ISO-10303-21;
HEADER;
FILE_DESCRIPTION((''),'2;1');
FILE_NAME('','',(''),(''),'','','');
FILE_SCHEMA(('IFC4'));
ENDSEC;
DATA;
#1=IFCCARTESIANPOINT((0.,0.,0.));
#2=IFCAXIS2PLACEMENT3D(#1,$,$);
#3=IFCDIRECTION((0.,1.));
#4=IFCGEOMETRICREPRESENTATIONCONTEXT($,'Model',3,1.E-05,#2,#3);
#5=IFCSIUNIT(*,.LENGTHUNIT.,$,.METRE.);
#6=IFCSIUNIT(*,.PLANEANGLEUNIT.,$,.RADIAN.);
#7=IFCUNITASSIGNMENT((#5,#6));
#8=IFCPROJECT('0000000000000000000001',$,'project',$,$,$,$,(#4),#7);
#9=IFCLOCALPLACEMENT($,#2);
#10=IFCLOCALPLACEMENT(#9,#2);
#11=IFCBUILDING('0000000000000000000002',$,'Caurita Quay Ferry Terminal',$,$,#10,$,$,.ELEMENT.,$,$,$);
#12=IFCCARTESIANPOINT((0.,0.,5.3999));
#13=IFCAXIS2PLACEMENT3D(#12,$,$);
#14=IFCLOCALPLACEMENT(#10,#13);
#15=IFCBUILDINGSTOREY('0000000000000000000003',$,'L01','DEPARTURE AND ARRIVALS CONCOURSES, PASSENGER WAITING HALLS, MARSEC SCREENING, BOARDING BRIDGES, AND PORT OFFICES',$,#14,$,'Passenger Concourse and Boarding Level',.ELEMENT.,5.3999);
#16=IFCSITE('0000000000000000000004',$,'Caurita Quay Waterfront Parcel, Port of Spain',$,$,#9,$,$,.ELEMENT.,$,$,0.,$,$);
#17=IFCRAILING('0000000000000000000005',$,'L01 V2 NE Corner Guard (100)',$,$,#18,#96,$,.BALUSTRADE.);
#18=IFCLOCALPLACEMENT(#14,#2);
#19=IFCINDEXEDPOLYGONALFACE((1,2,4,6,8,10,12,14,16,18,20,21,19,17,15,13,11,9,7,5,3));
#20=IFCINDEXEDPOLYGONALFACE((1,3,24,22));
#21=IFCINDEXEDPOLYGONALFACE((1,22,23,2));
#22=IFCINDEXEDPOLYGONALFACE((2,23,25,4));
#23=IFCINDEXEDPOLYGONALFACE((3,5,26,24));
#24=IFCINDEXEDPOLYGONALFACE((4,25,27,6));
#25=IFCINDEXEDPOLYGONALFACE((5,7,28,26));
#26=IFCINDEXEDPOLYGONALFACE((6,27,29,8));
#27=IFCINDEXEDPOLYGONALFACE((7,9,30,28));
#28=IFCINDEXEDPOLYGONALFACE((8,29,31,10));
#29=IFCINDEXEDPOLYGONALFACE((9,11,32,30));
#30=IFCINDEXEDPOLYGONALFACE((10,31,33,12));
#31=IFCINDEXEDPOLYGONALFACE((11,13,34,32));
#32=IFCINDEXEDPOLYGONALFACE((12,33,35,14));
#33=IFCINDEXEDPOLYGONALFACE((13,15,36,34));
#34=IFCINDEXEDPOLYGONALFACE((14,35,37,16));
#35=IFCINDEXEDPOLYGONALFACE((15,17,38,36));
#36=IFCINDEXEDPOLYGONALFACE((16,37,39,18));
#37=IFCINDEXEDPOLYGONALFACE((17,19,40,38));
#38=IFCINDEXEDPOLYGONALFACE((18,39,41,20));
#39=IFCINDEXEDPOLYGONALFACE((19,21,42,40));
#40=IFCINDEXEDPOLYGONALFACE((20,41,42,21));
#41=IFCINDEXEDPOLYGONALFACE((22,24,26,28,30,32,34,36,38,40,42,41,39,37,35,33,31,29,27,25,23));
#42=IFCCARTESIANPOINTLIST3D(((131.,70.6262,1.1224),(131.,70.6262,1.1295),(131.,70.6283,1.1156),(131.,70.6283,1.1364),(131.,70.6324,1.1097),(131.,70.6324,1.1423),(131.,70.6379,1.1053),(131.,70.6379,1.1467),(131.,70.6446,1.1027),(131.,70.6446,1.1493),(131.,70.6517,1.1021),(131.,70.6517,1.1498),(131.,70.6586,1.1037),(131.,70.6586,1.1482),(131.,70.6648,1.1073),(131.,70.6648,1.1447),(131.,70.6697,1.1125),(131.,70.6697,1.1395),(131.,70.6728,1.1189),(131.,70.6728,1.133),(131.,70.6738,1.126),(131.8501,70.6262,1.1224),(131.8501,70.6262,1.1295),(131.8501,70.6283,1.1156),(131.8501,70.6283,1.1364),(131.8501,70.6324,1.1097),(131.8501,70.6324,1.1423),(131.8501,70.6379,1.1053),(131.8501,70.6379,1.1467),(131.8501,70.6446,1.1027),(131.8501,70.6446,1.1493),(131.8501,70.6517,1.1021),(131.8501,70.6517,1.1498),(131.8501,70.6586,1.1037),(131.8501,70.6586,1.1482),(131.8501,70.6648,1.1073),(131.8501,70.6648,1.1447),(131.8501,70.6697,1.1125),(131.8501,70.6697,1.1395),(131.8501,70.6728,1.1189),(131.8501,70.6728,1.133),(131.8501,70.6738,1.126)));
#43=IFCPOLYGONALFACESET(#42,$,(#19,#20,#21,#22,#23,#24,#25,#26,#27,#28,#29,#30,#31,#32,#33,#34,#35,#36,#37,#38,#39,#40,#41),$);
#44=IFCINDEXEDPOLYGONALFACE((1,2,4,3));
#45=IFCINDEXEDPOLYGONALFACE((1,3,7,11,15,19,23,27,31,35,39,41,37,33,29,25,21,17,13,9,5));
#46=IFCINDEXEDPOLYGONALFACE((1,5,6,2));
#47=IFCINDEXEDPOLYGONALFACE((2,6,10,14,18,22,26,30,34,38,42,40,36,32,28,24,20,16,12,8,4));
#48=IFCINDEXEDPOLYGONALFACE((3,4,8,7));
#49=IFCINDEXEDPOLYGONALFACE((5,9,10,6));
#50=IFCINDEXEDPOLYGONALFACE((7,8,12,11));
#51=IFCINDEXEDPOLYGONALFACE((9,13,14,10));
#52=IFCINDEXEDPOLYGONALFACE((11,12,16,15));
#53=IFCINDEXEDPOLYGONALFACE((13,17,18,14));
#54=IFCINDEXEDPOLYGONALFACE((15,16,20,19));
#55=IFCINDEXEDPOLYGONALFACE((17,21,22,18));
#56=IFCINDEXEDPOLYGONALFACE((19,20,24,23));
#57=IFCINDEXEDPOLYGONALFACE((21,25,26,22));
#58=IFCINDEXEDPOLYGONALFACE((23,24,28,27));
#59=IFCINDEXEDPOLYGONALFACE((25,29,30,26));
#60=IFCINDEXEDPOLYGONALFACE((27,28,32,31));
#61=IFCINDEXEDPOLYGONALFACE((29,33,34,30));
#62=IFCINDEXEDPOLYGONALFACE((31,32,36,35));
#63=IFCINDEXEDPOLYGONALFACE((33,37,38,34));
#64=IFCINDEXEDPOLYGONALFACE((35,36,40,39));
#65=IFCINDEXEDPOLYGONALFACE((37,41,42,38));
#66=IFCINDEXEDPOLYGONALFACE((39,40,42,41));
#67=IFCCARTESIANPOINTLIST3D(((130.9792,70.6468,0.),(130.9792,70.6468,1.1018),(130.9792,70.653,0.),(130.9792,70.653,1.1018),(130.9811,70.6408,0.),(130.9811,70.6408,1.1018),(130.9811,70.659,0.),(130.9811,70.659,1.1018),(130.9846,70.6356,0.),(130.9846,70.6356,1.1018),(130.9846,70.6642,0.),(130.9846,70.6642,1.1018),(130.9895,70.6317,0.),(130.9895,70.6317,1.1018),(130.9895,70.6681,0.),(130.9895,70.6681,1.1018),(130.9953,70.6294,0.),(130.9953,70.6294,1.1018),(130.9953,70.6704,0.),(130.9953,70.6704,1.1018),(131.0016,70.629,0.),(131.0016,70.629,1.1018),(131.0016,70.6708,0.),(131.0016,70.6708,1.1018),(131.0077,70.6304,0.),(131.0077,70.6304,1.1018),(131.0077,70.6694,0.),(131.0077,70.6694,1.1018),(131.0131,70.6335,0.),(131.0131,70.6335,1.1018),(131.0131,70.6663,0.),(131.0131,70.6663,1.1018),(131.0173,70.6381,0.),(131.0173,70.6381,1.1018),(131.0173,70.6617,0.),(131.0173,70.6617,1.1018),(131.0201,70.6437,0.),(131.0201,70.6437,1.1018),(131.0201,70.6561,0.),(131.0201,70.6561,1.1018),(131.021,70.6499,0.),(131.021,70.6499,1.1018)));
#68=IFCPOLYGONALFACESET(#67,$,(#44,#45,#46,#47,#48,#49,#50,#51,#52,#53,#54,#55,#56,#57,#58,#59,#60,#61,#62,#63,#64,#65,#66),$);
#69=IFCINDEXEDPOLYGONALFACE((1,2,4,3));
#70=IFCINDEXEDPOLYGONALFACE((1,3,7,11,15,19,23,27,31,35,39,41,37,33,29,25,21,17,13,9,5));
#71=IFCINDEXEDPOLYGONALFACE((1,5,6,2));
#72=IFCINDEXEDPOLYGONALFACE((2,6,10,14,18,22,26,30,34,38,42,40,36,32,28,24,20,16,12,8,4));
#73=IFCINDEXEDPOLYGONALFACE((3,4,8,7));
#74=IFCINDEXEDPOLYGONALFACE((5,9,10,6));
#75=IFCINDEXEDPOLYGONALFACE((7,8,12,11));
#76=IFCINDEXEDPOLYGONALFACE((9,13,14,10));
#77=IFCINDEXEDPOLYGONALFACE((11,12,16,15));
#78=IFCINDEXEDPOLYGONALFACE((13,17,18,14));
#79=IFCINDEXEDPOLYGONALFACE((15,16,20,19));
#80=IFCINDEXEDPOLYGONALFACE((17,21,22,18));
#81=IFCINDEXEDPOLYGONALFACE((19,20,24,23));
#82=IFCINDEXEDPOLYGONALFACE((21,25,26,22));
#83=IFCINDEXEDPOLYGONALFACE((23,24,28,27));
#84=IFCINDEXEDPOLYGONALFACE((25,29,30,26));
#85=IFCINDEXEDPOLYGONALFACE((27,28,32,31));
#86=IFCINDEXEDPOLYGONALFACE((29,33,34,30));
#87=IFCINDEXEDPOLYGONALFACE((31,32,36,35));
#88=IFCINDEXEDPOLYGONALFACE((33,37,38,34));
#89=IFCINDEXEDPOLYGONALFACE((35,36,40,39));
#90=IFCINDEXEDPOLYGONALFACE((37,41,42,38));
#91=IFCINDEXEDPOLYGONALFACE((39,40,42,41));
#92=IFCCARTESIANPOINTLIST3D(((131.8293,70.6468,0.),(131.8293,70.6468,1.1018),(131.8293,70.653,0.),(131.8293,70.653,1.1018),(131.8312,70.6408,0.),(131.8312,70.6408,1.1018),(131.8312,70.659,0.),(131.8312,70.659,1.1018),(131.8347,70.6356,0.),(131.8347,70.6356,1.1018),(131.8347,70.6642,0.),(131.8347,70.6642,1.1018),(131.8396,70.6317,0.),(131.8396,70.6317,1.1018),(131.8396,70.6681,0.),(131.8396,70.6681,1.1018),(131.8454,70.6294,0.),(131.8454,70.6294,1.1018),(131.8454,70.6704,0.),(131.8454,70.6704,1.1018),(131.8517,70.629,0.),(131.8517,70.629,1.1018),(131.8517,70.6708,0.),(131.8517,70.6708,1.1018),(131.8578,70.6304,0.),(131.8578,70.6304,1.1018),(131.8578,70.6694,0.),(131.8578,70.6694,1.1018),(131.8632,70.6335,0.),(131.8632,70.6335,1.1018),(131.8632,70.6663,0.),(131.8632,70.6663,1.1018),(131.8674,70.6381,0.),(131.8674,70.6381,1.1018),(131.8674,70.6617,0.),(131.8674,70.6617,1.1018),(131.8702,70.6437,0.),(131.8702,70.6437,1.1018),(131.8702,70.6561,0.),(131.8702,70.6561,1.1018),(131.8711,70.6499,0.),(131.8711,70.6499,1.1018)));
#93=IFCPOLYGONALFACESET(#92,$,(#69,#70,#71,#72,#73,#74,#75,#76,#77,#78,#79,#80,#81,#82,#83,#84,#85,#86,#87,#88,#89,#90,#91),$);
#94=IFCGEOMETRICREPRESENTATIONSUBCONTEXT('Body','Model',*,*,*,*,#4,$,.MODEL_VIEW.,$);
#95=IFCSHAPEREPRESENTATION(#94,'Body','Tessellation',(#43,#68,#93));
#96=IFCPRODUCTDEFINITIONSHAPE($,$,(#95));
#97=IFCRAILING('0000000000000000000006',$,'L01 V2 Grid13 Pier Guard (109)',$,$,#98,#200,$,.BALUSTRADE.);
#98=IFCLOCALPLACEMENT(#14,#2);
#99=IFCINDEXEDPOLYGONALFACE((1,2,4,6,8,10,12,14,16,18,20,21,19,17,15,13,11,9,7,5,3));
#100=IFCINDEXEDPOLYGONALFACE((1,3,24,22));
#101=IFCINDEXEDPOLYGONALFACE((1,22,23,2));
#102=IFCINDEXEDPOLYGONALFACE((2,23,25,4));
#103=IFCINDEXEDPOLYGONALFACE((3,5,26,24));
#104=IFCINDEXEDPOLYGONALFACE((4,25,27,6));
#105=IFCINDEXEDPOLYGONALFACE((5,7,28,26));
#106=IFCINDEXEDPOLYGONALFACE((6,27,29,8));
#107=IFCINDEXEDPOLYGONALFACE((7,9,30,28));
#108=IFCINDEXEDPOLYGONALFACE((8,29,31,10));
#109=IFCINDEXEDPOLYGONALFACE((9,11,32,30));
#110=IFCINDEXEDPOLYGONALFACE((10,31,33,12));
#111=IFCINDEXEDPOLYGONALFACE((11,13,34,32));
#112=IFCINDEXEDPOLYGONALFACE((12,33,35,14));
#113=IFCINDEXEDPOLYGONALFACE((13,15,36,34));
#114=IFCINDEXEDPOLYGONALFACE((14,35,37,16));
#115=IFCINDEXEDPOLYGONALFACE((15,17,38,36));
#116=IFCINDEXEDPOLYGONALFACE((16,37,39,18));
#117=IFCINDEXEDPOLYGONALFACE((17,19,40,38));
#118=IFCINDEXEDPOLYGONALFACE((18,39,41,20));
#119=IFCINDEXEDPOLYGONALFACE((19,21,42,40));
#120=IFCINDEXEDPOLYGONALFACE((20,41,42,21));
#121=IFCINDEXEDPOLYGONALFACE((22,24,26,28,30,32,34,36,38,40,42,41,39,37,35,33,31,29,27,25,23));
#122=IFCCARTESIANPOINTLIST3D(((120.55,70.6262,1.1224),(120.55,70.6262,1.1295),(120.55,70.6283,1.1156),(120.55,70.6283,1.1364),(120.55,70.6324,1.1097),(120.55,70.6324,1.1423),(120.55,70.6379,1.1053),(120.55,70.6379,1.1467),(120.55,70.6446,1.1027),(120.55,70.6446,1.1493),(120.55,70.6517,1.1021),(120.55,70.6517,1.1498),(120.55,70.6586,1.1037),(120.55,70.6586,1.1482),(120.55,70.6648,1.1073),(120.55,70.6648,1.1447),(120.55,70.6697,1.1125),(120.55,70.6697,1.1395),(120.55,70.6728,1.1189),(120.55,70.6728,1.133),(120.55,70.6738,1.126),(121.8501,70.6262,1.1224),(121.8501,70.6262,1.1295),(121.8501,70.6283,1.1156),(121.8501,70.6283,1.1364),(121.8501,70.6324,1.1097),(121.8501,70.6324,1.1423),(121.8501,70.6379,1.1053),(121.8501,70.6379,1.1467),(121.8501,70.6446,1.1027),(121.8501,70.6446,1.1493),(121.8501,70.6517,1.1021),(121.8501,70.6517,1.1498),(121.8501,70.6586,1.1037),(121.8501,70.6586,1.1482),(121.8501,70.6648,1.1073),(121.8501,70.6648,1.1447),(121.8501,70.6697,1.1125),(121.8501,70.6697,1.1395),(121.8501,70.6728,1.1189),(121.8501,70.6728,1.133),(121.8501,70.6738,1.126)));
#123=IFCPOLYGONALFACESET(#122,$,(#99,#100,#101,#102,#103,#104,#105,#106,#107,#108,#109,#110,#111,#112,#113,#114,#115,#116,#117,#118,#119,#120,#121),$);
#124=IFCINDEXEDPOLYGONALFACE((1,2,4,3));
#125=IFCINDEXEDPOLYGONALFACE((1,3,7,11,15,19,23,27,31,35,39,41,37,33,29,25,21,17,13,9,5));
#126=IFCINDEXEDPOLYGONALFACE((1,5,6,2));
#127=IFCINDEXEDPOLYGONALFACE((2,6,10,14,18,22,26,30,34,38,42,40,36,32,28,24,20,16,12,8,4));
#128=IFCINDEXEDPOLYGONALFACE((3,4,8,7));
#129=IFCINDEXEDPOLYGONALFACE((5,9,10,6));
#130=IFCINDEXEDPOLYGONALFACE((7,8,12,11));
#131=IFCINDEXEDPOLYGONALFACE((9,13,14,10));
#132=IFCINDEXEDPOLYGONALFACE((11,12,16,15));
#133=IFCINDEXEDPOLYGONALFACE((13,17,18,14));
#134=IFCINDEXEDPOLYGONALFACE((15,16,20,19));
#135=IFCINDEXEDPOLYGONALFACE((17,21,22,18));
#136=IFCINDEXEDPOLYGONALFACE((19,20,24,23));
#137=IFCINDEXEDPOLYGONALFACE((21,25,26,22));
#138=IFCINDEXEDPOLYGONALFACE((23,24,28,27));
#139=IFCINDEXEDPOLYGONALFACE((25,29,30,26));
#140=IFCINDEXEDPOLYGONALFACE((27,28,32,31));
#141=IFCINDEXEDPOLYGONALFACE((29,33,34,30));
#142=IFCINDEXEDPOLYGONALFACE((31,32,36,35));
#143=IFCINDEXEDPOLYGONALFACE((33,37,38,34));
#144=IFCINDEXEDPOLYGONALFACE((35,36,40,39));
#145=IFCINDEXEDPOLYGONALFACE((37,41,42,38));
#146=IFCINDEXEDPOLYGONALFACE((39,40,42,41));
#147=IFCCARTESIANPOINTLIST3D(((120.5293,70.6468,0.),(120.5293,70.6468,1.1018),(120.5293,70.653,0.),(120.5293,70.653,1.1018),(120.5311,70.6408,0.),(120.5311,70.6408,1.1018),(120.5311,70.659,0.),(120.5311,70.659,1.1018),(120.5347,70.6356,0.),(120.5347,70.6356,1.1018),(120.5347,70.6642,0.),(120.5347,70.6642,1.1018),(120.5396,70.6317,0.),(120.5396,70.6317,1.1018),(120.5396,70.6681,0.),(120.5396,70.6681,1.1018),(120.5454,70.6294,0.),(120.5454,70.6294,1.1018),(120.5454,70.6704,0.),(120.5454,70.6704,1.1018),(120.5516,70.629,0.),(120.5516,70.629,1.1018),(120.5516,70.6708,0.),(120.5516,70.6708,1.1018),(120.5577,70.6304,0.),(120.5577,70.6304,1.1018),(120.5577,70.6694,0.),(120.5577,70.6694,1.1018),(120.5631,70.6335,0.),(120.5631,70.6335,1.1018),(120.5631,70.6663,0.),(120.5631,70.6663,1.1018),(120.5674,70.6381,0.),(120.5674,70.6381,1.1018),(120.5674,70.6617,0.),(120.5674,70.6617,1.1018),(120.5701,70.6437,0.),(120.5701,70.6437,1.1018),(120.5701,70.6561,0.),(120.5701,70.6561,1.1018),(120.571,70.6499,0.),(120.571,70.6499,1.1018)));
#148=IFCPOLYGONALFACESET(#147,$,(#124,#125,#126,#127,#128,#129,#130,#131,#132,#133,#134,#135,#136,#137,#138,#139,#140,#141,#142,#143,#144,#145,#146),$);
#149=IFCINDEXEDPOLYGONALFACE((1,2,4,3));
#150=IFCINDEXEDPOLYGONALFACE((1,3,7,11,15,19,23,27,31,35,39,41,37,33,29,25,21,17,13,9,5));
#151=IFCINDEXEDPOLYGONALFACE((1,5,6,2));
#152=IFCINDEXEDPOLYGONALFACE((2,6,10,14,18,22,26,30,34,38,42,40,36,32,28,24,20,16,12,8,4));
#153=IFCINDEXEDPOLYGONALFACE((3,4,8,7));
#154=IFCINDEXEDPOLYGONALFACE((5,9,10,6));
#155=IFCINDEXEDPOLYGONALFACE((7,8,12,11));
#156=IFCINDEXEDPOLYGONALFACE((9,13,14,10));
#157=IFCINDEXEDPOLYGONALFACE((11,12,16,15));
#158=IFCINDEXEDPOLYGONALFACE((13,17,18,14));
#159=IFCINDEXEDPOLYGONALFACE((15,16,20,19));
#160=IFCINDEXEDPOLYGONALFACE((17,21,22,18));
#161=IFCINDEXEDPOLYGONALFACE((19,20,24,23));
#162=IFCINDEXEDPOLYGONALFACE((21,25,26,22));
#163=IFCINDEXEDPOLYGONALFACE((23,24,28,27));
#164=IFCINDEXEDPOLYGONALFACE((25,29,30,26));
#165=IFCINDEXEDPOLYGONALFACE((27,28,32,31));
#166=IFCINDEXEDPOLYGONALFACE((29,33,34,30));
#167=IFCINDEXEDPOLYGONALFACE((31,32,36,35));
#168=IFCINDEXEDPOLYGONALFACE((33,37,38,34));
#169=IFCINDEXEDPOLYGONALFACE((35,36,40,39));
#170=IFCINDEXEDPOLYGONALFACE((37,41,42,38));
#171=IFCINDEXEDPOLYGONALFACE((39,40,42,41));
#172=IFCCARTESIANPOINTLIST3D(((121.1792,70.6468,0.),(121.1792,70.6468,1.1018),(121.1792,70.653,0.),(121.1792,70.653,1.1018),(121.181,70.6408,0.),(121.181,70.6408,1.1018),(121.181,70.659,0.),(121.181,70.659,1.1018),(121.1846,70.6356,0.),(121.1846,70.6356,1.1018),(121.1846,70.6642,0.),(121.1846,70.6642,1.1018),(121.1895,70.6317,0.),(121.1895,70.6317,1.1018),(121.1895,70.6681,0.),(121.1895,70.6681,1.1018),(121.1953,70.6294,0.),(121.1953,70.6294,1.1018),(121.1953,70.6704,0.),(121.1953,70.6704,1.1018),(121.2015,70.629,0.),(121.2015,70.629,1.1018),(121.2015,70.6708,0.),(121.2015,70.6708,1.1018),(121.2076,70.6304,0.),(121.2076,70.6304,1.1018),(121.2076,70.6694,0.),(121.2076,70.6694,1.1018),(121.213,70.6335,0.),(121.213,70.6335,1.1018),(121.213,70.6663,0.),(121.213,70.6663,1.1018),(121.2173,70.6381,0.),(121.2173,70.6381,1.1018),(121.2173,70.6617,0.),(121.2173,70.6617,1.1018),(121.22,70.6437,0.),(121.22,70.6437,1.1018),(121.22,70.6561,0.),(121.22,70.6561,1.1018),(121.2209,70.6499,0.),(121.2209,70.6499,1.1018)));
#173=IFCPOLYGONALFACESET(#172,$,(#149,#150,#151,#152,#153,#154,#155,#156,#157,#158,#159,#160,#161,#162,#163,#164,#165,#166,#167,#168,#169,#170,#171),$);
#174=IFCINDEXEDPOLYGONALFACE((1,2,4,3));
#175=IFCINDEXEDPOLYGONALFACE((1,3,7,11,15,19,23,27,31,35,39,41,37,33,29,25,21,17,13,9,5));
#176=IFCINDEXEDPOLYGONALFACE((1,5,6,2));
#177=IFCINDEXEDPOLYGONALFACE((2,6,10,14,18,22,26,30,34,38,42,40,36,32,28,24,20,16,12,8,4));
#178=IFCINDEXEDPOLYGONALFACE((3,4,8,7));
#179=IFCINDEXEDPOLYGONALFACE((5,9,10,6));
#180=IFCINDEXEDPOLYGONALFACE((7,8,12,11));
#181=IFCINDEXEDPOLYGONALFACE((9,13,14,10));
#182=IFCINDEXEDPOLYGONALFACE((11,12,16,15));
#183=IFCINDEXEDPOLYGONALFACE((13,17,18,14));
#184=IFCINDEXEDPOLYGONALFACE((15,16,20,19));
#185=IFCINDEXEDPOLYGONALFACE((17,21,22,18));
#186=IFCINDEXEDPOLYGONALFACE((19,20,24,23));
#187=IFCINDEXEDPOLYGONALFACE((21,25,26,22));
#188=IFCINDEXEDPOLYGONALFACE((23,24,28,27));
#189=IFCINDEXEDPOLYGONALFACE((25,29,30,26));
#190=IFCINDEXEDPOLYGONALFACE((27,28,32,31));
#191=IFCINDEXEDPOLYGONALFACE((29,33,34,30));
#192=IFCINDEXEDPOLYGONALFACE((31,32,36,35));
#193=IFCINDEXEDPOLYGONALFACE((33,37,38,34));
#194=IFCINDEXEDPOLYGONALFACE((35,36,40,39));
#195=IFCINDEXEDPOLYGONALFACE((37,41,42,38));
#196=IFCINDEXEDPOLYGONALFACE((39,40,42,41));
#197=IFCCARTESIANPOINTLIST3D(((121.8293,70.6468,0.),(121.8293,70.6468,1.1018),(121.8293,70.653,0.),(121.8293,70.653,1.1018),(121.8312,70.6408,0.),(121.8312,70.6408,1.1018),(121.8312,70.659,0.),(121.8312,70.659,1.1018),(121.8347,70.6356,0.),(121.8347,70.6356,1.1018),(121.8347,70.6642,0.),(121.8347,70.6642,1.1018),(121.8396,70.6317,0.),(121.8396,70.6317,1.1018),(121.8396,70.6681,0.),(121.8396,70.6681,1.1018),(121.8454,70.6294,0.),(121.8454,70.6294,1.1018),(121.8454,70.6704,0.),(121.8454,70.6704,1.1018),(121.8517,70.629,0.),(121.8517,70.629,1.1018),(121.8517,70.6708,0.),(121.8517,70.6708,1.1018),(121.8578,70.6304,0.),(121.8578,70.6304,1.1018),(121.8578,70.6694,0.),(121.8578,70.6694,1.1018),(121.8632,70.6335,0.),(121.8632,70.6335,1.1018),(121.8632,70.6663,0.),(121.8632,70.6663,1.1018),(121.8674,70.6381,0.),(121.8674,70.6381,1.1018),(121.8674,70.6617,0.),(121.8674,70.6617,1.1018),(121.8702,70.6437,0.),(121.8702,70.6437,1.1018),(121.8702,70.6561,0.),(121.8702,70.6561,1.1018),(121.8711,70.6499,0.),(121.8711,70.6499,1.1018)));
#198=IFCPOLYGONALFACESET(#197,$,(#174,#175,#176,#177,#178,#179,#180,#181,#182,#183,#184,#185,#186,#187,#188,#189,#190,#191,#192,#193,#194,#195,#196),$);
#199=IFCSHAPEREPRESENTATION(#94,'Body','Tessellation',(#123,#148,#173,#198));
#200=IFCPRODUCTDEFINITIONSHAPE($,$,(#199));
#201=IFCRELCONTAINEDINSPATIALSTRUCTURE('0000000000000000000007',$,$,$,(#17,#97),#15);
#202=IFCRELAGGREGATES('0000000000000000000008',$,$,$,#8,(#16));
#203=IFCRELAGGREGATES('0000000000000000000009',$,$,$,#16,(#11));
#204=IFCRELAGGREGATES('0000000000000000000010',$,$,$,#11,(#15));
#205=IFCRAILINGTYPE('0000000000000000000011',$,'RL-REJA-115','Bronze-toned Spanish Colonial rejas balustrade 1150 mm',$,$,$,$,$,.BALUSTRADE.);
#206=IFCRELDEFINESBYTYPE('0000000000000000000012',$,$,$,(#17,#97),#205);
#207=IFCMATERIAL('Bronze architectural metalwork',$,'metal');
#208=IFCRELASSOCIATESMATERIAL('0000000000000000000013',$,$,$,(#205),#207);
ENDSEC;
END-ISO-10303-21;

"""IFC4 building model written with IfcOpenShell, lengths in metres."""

from ifc_helpers import new_model, si_unit, direction, frame, origin, origin_2d, place, context, subcontext, project, spatial, circle, extrude, material, type_object, element, save


model = new_model("IFC4")

# Units and contexts
model_context = context("Model", 3, precision=1e-05, world=origin(), true_north=direction((0.0, 1.0)))
body_context = subcontext(model_context, "Body", "Model", "MODEL_VIEW")
ifc_project = project(units=[si_unit("LENGTHUNIT", "METRE"), si_unit("PLANEANGLEUNIT", "RADIAN")], contexts=[model_context])

# Site, building, storey
site_placement = place(None, origin())
site = spatial("IfcSite", under=ifc_project, at=site_placement, Name="Caurita Quay Waterfront Parcel, Port of Spain", CompositionType="ELEMENT", RefElevation=0.0)
building_placement = place(site_placement, origin())
building = spatial("IfcBuilding", under=site, at=building_placement, Name="Caurita Quay Ferry Terminal", CompositionType="ELEMENT")
storey_placement = place(building_placement, frame((0.0, 0.0, 5.3999)))
storey = spatial("IfcBuildingStorey", under=building, at=storey_placement, Name="L01", Description="DEPARTURE AND ARRIVALS CONCOURSES, PASSENGER WAITING HALLS, MARSEC SCREENING, BOARDING BRIDGES, AND PORT OFFICES", LongName="Passenger Concourse and Boarding Level", CompositionType="ELEMENT", Elevation=5.3999)

# Railings
ifc_material_1 = material(Name="Bronze architectural metalwork", Category="metal")
railing_type_1 = type_object("IfcRailingType", Name="RL-REJA-115", Description="Bronze-toned Spanish Colonial rejas balustrade 1150 mm", PredefinedType="BALUSTRADE", material=ifc_material_1)
railing_1_placement = place(storey_placement, frame((131.0, 70.6499, 0.0)))
element("IfcRailing", 1, at=railing_1_placement, inside=storey, type_object=railing_type_1, Name="L01 V2 NE Corner Guard (100)", PredefinedType="BALUSTRADE", context=body_context, shape_type="SweptSolid", body=[
    extrude(circle(Radius=0.0239, at=origin_2d()), frame((0.0, 0.0, 1.126), z_axis=(1.0, 0.0, 0.0), x_axis=(0.0, 1.0, 0.0)), (0.0, 0.0, 1.0), 0.8501),
    extrude(circle(Radius=0.021, at=origin_2d()), origin(), (0.0, 0.0, 1.0), 1.1018),
    extrude(circle(Radius=0.021, at=origin_2d()), frame((0.8501, 0.0, 0.0)), (0.0, 0.0, 1.0), 1.1018),
])
railing_2_placement = place(storey_placement, frame((120.55, 70.6499, 0.0)))
element("IfcRailing", 2, at=railing_2_placement, inside=storey, type_object=railing_type_1, Name="L01 V2 Grid13 Pier Guard (109)", PredefinedType="BALUSTRADE", context=body_context, shape_type="SweptSolid", body=[
    extrude(circle(Radius=0.0239, at=origin_2d()), frame((0.0, 0.0, 1.126), z_axis=(1.0, 0.0, 0.0), x_axis=(0.0, 1.0, 0.0)), (0.0, 0.0, 1.0), 1.3),
    extrude(circle(Radius=0.021, at=origin_2d()), origin(), (0.0, 0.0, 1.0), 1.1018),
    extrude(circle(Radius=0.021, at=origin_2d()), frame((0.6499, 0.0, 0.0)), (0.0, 0.0, 1.0), 1.1018),
    extrude(circle(Radius=0.021, at=origin_2d()), frame((1.3, 0.0, 0.0)), (0.0, 0.0, 1.0), 1.1018),
])

save(model, "model.ifc")
